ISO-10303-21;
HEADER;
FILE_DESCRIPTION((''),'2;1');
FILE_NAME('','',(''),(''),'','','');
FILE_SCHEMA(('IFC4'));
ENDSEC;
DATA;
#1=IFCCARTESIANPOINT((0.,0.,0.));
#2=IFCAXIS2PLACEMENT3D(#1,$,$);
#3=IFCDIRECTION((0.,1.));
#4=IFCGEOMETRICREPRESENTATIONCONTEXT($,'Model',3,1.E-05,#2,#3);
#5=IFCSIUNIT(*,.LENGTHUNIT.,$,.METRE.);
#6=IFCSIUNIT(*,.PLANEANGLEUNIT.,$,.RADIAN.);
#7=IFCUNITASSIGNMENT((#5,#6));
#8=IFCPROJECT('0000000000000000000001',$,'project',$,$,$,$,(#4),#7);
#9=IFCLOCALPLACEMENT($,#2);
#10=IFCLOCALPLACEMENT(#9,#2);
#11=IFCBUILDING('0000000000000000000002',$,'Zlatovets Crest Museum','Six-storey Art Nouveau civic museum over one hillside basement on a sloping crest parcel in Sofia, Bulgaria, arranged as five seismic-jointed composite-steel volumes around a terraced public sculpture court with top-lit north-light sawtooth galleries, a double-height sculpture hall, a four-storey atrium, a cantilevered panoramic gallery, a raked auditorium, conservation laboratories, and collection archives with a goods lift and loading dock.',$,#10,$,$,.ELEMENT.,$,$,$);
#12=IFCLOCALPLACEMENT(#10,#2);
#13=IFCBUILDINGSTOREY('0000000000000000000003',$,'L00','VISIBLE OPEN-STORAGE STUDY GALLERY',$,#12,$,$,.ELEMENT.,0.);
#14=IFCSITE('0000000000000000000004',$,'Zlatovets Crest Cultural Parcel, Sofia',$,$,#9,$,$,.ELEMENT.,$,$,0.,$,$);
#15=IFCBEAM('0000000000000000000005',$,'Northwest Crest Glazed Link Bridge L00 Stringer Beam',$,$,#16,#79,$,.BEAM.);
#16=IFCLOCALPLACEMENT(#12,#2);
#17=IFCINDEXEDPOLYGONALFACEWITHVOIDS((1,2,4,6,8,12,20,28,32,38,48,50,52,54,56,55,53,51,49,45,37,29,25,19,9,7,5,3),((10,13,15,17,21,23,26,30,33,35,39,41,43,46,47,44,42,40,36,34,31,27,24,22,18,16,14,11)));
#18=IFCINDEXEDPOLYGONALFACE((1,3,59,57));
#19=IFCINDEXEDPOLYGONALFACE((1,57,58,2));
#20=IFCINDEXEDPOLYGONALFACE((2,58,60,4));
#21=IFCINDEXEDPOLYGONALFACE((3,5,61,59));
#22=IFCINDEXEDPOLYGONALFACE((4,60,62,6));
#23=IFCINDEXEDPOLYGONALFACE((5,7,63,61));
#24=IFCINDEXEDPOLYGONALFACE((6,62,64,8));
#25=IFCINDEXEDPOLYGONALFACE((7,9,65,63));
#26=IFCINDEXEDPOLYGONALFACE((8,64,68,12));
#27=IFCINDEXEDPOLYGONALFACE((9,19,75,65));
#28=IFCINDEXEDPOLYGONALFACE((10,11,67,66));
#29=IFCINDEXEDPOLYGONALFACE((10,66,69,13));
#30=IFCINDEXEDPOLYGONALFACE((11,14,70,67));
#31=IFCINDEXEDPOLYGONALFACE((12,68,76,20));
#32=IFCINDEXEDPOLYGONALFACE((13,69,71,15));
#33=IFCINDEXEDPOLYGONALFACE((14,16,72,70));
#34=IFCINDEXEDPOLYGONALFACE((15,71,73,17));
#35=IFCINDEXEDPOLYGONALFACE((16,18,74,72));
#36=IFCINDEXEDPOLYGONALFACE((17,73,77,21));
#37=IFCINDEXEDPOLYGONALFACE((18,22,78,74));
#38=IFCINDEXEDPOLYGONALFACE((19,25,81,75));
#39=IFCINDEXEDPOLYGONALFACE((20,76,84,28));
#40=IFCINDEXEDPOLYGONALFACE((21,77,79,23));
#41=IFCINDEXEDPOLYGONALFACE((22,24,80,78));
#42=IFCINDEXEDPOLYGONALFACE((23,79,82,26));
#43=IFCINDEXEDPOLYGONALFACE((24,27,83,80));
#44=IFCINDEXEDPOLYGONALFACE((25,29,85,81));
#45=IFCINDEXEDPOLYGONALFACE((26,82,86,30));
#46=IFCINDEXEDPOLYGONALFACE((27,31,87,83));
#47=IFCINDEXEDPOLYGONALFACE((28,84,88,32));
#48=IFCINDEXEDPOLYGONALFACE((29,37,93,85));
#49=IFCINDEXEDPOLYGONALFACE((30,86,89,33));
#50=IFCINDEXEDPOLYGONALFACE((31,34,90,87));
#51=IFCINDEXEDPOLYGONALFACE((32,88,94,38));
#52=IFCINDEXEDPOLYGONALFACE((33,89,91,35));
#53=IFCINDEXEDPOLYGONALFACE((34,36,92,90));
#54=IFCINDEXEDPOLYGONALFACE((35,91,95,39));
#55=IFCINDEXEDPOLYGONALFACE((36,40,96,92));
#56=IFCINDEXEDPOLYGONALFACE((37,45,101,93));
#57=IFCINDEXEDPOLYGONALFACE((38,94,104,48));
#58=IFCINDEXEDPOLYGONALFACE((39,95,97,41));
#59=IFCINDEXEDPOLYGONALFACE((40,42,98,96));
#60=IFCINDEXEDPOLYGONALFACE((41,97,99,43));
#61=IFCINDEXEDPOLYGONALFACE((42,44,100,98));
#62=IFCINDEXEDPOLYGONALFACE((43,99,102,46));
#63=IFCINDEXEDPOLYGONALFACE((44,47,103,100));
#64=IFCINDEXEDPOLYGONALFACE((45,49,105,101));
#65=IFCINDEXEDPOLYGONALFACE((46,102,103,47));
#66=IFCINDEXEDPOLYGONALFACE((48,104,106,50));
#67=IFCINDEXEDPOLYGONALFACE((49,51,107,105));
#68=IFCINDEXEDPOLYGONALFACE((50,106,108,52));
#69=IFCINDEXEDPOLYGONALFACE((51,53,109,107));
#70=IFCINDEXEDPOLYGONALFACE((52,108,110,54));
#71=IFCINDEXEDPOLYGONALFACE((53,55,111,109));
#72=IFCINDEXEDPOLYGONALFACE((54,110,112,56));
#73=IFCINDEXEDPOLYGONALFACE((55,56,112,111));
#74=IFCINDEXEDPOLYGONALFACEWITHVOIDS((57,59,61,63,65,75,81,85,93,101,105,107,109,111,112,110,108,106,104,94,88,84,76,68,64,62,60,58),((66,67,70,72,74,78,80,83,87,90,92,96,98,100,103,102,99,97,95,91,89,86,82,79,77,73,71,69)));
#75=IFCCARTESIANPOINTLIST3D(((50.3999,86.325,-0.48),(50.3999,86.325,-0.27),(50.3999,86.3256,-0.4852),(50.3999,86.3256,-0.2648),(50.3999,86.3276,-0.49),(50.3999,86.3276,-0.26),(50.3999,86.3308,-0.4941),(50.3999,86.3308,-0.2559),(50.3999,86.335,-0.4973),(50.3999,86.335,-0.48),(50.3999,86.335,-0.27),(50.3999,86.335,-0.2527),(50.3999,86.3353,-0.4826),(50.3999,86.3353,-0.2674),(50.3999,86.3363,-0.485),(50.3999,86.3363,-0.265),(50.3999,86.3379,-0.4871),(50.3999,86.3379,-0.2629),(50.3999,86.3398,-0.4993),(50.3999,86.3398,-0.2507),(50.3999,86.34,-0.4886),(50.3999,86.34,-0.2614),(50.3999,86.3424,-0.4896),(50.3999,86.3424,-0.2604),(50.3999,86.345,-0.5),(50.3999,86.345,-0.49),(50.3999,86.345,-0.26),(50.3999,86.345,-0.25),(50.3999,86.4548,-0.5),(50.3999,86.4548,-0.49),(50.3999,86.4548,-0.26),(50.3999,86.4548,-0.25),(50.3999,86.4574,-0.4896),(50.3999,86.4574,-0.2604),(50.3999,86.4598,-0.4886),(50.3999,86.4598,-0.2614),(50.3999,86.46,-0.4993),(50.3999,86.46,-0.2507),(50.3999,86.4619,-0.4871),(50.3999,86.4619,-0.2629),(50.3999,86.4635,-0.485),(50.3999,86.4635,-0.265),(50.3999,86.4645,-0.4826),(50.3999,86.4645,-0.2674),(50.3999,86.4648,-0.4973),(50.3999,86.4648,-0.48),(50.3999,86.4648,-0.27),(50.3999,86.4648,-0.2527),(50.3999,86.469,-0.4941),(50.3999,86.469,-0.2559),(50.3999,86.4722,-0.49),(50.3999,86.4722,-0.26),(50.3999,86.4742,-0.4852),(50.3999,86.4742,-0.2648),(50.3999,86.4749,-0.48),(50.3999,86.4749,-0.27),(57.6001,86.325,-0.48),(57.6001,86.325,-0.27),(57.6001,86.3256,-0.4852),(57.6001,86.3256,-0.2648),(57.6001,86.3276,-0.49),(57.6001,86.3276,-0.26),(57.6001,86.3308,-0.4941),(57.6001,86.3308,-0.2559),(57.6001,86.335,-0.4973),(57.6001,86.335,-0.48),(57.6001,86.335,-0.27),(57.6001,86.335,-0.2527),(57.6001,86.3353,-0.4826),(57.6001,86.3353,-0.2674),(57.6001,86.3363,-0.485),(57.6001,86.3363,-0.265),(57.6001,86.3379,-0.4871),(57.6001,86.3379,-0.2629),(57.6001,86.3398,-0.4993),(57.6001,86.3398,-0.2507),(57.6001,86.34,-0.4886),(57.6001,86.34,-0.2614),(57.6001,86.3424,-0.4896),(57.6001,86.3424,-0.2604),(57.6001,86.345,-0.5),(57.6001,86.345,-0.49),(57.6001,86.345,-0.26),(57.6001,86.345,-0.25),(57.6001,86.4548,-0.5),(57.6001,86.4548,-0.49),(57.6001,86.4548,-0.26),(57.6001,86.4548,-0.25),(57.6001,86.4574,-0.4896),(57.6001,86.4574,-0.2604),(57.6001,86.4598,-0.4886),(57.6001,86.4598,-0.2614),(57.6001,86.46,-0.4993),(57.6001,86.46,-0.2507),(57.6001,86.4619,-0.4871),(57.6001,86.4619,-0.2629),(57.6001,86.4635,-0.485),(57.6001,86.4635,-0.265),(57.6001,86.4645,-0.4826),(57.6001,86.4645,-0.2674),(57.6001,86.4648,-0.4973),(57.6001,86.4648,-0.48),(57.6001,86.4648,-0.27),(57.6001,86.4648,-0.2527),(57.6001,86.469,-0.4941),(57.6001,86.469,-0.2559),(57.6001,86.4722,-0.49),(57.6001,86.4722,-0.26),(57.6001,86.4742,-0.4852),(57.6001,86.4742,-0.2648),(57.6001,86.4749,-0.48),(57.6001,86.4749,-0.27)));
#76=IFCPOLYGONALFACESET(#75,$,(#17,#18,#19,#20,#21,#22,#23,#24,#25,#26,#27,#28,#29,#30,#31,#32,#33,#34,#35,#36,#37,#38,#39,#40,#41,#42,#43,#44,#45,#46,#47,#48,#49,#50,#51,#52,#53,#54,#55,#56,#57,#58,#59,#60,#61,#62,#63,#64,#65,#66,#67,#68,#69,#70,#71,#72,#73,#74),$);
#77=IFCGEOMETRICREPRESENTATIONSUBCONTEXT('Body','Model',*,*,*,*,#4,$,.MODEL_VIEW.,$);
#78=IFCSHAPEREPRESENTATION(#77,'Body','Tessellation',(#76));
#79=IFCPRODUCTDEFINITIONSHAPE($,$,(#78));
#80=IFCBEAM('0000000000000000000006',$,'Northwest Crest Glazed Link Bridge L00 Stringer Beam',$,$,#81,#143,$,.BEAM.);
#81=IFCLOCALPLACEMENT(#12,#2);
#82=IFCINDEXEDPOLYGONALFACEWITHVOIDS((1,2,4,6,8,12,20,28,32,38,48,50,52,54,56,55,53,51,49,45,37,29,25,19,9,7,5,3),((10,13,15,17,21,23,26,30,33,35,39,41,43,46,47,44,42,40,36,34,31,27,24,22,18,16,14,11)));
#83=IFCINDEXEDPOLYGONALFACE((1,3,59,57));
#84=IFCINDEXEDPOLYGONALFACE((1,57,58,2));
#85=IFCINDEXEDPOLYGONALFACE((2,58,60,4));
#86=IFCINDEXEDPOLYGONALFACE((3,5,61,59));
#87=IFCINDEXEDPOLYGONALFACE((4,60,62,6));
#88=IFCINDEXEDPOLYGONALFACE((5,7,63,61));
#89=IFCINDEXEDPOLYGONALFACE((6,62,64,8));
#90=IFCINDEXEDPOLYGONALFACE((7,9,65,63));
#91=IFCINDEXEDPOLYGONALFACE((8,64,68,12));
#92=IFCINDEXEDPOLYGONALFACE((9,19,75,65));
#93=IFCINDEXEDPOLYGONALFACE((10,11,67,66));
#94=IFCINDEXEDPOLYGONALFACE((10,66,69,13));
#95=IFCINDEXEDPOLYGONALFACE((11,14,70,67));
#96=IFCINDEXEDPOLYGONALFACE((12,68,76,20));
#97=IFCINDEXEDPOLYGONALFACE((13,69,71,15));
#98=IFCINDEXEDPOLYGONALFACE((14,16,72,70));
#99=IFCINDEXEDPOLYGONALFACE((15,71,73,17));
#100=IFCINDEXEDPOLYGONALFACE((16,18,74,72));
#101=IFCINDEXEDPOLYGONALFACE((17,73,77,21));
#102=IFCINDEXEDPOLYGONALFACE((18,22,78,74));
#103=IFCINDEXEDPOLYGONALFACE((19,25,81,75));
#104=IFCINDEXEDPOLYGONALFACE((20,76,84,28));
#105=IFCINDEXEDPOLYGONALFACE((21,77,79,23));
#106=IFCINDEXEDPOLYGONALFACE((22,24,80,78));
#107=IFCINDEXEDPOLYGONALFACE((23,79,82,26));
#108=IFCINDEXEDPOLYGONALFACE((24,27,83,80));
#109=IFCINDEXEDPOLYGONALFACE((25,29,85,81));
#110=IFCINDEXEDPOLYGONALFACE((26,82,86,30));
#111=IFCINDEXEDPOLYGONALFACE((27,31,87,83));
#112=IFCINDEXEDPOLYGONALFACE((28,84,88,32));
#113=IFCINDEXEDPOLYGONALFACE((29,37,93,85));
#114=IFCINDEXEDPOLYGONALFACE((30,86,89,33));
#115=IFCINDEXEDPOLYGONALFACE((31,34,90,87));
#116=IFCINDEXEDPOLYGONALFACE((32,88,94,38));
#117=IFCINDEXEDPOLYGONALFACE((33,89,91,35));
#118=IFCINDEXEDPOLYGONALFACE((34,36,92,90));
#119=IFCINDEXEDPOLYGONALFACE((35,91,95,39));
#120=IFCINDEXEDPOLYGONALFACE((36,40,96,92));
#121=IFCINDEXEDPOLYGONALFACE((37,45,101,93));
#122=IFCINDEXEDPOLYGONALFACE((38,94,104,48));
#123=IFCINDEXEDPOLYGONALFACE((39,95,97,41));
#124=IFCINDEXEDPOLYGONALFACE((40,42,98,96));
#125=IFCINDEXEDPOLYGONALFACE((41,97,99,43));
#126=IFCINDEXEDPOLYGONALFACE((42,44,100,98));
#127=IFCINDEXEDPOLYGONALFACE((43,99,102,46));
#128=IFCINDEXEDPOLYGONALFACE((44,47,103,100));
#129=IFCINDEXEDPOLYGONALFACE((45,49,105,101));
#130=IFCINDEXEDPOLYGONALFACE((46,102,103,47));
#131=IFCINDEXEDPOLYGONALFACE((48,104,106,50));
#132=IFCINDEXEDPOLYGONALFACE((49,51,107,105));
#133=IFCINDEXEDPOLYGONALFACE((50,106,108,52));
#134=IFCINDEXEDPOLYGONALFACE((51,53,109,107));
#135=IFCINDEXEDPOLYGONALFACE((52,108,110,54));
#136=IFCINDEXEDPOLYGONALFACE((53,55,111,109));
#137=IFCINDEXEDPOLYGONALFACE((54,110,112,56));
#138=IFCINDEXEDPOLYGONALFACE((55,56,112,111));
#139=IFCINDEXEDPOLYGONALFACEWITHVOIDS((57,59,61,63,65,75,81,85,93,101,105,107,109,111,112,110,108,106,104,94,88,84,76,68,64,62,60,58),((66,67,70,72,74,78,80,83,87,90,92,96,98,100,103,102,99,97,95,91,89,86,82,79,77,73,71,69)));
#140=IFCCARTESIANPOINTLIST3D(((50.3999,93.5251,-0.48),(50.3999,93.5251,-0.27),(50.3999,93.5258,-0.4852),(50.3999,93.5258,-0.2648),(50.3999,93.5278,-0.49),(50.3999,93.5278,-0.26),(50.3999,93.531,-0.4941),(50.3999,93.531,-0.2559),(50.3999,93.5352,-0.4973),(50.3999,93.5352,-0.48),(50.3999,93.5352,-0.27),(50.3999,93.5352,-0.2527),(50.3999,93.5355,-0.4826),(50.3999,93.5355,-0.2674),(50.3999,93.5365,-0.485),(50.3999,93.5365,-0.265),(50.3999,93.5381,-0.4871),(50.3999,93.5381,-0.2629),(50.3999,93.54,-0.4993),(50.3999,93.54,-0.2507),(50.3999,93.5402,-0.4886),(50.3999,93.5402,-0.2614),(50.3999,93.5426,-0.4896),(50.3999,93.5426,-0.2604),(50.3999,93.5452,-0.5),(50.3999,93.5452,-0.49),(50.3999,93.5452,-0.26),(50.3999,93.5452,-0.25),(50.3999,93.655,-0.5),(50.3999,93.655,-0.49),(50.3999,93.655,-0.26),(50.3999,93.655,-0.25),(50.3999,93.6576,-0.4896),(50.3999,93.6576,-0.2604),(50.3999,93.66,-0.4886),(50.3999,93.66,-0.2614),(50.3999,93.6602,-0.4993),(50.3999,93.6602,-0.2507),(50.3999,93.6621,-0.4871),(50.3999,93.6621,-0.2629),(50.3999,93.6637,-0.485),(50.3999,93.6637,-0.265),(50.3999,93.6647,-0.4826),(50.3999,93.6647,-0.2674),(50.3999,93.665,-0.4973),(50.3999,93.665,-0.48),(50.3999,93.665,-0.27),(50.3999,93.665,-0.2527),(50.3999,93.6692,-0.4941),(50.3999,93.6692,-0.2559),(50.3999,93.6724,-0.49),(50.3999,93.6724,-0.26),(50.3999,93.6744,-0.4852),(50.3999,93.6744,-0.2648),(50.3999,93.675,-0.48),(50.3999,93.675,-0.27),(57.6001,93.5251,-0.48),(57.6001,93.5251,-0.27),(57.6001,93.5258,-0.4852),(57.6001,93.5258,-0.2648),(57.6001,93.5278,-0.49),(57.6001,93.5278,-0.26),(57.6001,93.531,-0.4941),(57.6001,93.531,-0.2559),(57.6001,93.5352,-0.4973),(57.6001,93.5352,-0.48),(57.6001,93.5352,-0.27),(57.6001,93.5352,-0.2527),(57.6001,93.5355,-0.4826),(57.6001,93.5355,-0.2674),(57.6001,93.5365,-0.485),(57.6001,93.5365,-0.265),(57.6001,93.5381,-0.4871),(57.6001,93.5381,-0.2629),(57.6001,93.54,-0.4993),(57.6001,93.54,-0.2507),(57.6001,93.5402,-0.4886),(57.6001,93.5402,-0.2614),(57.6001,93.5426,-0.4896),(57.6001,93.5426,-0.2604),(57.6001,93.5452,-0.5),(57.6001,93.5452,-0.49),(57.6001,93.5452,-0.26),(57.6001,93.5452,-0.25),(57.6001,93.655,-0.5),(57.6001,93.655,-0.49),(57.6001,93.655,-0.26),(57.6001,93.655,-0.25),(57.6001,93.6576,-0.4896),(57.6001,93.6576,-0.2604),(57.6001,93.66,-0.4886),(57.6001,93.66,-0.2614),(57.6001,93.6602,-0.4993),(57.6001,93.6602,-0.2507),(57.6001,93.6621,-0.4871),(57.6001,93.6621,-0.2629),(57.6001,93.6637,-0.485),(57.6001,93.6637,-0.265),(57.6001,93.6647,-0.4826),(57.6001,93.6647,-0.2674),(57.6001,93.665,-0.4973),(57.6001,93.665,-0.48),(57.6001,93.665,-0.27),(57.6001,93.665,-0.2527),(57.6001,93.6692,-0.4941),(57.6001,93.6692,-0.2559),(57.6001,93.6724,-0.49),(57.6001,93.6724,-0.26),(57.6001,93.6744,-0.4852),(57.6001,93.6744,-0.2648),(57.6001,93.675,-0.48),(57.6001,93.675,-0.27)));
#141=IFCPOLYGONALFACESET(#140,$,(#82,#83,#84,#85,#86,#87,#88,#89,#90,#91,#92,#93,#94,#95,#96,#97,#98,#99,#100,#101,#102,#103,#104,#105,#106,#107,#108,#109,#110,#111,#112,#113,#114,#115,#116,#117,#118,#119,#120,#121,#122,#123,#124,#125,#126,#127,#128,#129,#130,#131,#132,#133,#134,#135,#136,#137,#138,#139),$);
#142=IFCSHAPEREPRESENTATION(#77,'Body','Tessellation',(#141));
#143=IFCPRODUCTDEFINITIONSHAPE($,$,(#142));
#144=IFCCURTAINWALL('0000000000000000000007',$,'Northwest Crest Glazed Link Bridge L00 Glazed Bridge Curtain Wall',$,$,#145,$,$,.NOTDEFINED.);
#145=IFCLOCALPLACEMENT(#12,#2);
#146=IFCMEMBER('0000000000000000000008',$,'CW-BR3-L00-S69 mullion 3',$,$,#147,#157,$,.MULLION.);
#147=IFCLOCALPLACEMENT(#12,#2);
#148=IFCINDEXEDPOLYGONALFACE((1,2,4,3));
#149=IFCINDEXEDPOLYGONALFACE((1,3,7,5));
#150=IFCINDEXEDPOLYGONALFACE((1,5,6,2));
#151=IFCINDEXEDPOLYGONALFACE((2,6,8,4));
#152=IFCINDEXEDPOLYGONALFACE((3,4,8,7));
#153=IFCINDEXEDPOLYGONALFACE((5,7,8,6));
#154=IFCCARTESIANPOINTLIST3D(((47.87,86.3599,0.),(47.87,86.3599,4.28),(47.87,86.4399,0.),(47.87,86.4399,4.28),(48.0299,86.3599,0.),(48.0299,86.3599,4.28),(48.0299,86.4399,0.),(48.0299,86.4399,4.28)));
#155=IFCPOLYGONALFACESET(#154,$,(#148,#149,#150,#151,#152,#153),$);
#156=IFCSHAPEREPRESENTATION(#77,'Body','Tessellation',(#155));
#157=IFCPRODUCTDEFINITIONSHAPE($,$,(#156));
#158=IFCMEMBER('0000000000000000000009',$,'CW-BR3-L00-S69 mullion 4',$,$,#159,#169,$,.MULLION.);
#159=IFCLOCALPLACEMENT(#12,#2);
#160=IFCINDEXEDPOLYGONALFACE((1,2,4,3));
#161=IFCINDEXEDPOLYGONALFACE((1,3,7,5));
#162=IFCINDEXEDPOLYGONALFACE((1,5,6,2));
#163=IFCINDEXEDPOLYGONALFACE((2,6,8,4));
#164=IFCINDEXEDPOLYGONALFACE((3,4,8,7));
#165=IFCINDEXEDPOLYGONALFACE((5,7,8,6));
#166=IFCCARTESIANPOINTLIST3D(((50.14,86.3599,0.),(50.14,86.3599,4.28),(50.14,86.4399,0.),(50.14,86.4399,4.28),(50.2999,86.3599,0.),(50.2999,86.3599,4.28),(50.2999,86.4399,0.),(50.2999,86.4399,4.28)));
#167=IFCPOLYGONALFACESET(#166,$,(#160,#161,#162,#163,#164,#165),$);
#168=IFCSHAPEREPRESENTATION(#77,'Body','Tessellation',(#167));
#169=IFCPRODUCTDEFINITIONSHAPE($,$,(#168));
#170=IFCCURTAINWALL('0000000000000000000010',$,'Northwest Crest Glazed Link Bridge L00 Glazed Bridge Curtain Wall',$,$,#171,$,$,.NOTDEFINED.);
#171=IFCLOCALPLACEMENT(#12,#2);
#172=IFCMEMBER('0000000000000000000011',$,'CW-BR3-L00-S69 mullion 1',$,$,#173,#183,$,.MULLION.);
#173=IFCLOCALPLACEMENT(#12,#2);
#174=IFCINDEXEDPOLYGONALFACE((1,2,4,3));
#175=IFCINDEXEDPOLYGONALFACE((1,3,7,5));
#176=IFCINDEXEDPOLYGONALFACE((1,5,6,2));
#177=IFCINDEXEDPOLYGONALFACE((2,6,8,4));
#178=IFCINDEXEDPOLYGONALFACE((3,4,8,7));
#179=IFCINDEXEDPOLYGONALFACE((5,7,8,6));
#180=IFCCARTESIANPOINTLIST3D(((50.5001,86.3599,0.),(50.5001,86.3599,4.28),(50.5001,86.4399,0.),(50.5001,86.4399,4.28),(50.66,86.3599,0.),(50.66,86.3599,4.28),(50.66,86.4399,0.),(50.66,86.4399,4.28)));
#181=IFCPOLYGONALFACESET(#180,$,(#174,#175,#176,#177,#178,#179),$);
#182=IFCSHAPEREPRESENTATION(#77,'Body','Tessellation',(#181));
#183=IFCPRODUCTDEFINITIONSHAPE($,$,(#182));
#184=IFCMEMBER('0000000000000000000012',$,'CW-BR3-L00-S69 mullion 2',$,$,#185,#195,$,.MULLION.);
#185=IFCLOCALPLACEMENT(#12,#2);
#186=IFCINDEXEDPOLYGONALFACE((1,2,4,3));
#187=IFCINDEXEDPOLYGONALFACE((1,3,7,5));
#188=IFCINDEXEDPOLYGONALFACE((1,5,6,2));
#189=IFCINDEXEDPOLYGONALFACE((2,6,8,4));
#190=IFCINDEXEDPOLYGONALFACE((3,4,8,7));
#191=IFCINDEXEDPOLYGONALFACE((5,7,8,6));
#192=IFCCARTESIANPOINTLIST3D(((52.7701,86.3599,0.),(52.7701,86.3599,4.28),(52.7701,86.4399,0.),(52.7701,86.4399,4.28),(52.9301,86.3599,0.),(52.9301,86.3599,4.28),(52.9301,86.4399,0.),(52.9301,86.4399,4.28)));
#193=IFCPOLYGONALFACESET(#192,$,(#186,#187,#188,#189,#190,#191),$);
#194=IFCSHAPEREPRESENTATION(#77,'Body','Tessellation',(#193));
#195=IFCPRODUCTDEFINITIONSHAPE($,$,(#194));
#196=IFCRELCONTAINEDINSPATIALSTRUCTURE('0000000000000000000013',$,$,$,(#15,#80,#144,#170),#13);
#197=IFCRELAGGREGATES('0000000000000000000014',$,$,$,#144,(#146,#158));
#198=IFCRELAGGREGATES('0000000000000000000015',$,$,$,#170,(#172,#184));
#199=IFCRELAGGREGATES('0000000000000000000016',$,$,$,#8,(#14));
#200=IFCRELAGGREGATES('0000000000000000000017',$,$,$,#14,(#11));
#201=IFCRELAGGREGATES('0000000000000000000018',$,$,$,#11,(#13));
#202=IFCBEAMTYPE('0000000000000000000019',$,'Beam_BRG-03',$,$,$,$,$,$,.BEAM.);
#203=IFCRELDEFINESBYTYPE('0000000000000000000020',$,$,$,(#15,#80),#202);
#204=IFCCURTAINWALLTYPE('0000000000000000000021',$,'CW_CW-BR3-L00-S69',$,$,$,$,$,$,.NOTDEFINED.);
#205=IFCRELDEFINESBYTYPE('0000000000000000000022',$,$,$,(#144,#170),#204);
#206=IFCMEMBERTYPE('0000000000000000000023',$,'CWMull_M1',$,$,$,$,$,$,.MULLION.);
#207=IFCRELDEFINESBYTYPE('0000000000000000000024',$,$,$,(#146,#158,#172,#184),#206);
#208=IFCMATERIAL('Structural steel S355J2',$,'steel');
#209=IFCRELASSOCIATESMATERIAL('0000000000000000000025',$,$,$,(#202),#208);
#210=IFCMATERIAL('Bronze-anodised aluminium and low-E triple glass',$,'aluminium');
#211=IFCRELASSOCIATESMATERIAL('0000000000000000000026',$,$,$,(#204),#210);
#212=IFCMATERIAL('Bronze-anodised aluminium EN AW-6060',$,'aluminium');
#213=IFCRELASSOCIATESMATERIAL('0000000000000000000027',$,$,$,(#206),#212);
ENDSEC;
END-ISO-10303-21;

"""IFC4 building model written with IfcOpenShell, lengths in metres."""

from ifc_helpers import new_model, si_unit, direction, frame, origin, origin_2d, place, context, subcontext, project, spatial, rectangle, hollow_rectangle, extrude, material, material_profile, profile_set, type_object, element, aggregate, save


model = new_model("IFC4")

# Units and contexts
model_context = context("Model", 3, precision=1e-05, world=origin(), true_north=direction((0.0, 1.0)))
body_context = subcontext(model_context, "Body", "Model", "MODEL_VIEW")
ifc_project = project(units=[si_unit("LENGTHUNIT", "METRE"), si_unit("PLANEANGLEUNIT", "RADIAN")], contexts=[model_context])

# Site, building, storey
site_placement = place(None, origin())
site = spatial("IfcSite", under=ifc_project, at=site_placement, Name="Zlatovets Crest Cultural Parcel, Sofia", CompositionType="ELEMENT", RefElevation=0.0)
building_placement = place(site_placement, origin())
building = spatial("IfcBuilding", under=site, at=building_placement, Name="Zlatovets Crest Museum", Description="Six-storey Art Nouveau civic museum over one hillside basement on a sloping crest parcel in Sofia, Bulgaria, arranged as five seismic-jointed composite-steel volumes around a terraced public sculpture court with top-lit north-light sawtooth galleries, a double-height sculpture hall, a four-storey atrium, a cantilevered panoramic gallery, a raked auditorium, conservation laboratories, and collection archives with a goods lift and loading dock.", CompositionType="ELEMENT")
storey_placement = place(building_placement, origin())
storey = spatial("IfcBuildingStorey", under=building, at=storey_placement, Name="L00", Description="VISIBLE OPEN-STORAGE STUDY GALLERY", CompositionType="ELEMENT", Elevation=0.0)

# Shared definitions
ifc_material_1 = material(Name="Structural steel S355J2", Category="steel")

# Beams
ifc_material_profile_1 = material_profile(ifc_material_1, hollow_rectangle(XDim=0.1499, YDim=0.25, WallThickness=0.01, InnerFilletRadius=0.01, OuterFilletRadius=0.02, at=origin_2d()), Name="RHS 150x250x10.0")
ifc_profile_set_1 = profile_set([ifc_material_profile_1], Name="Structural steel S355J2")
beam_type_1 = type_object("IfcBeamType", Name="Beam_BRG-03", PredefinedType="BEAM", material=ifc_profile_set_1)
for number, where, z_axis, x_axis, name in (
    (1, (50.3999, 86.3999, -0.375), (1.0, 0.0, 0.0), (0.0, 1.0, 0.0), "Northwest Crest Glazed Link Bridge L00 Stringer Beam"),
    (2, (50.3999, 93.6001, -0.375), (1.0, 0.0, 0.0), (0.0, 1.0, 0.0), "Northwest Crest Glazed Link Bridge L00 Stringer Beam"),
):
    element("IfcBeam", number, at=place(storey_placement, frame(where, z_axis=z_axis, x_axis=x_axis)), inside=storey, type_object=beam_type_1, Name=name, PredefinedType="BEAM", context=body_context, shape_type="SweptSolid", body=[
        extrude(hollow_rectangle(XDim=0.1499, YDim=0.25, WallThickness=0.01, InnerFilletRadius=0.01, OuterFilletRadius=0.02, at=origin_2d()), origin(), (0.0, 0.0, 1.0), 7.2002),
    ])

# Curtain walls, members
ifc_material_2 = material(Name="Bronze-anodised aluminium and low-E triple glass", Category="aluminium")
curtain_wall_type = type_object("IfcCurtainWallType", Name="CW_CW-BR3-L00-S69", PredefinedType="NOTDEFINED", material=ifc_material_2)
curtain_wall_1_placement = place(storey_placement, origin())
curtain_wall_1 = element("IfcCurtainWall", 3, at=curtain_wall_1_placement, inside=storey, type_object=curtain_wall_type, Name="Northwest Crest Glazed Link Bridge L00 Glazed Bridge Curtain Wall", PredefinedType="NOTDEFINED")
ifc_material_3 = material(Name="Bronze-anodised aluminium EN AW-6060", Category="aluminium")
ifc_material_profile_2 = material_profile(ifc_material_3, rectangle(XDim=0.0801, YDim=0.1599, at=origin_2d()), Name="ALU 80x160")
ifc_profile_set_2 = profile_set([ifc_material_profile_2], Name="Bronze-anodised aluminium EN AW-6060")
member_type_1 = type_object("IfcMemberType", Name="CWMull_M1", PredefinedType="MULLION", material=ifc_profile_set_2)
member_1_placement = place(storey_placement, frame((47.95, 86.3999, 0.0), z_axis=(0.0, 0.0, 1.0), x_axis=(0.0, 1.0, 0.0)))
member_1 = element("IfcMember", 4, at=member_1_placement, type_object=member_type_1, Name="CW-BR3-L00-S69 mullion 3", PredefinedType="MULLION", context=body_context, shape_type="SweptSolid", body=[
    extrude(rectangle(XDim=0.0801, YDim=0.1599, at=origin_2d()), origin(), (0.0, 0.0, 1.0), 4.28),
])
member_2_placement = place(storey_placement, frame((50.22, 86.3999, 0.0), z_axis=(0.0, 0.0, 1.0), x_axis=(0.0, 1.0, 0.0)))
member_2 = element("IfcMember", 5, at=member_2_placement, type_object=member_type_1, Name="CW-BR3-L00-S69 mullion 4", PredefinedType="MULLION", context=body_context, shape_type="SweptSolid", body=[
    extrude(rectangle(XDim=0.0801, YDim=0.1599, at=origin_2d()), origin(), (0.0, 0.0, 1.0), 4.28),
])
curtain_wall_2_placement = place(storey_placement, origin())
curtain_wall_2 = element("IfcCurtainWall", 6, at=curtain_wall_2_placement, inside=storey, type_object=curtain_wall_type, Name="Northwest Crest Glazed Link Bridge L00 Glazed Bridge Curtain Wall", PredefinedType="NOTDEFINED")
member_3_placement = place(storey_placement, frame((50.5801, 86.3999, 0.0), z_axis=(0.0, 0.0, 1.0), x_axis=(0.0, 1.0, 0.0)))
member_3 = element("IfcMember", 7, at=member_3_placement, type_object=member_type_1, Name="CW-BR3-L00-S69 mullion 1", PredefinedType="MULLION", context=body_context, shape_type="SweptSolid", body=[
    extrude(rectangle(XDim=0.0801, YDim=0.1599, at=origin_2d()), origin(), (0.0, 0.0, 1.0), 4.28),
])
member_4_placement = place(storey_placement, frame((52.8501, 86.3999, 0.0), z_axis=(0.0, 0.0, 1.0), x_axis=(0.0, 1.0, 0.0)))
member_4 = element("IfcMember", 8, at=member_4_placement, type_object=member_type_1, Name="CW-BR3-L00-S69 mullion 2", PredefinedType="MULLION", context=body_context, shape_type="SweptSolid", body=[
    extrude(rectangle(XDim=0.0801, YDim=0.1599, at=origin_2d()), origin(), (0.0, 0.0, 1.0), 4.28),
])

aggregate(curtain_wall_1, [member_1, member_2])
aggregate(curtain_wall_2, [member_3, member_4])

save(model, "model.ifc")
